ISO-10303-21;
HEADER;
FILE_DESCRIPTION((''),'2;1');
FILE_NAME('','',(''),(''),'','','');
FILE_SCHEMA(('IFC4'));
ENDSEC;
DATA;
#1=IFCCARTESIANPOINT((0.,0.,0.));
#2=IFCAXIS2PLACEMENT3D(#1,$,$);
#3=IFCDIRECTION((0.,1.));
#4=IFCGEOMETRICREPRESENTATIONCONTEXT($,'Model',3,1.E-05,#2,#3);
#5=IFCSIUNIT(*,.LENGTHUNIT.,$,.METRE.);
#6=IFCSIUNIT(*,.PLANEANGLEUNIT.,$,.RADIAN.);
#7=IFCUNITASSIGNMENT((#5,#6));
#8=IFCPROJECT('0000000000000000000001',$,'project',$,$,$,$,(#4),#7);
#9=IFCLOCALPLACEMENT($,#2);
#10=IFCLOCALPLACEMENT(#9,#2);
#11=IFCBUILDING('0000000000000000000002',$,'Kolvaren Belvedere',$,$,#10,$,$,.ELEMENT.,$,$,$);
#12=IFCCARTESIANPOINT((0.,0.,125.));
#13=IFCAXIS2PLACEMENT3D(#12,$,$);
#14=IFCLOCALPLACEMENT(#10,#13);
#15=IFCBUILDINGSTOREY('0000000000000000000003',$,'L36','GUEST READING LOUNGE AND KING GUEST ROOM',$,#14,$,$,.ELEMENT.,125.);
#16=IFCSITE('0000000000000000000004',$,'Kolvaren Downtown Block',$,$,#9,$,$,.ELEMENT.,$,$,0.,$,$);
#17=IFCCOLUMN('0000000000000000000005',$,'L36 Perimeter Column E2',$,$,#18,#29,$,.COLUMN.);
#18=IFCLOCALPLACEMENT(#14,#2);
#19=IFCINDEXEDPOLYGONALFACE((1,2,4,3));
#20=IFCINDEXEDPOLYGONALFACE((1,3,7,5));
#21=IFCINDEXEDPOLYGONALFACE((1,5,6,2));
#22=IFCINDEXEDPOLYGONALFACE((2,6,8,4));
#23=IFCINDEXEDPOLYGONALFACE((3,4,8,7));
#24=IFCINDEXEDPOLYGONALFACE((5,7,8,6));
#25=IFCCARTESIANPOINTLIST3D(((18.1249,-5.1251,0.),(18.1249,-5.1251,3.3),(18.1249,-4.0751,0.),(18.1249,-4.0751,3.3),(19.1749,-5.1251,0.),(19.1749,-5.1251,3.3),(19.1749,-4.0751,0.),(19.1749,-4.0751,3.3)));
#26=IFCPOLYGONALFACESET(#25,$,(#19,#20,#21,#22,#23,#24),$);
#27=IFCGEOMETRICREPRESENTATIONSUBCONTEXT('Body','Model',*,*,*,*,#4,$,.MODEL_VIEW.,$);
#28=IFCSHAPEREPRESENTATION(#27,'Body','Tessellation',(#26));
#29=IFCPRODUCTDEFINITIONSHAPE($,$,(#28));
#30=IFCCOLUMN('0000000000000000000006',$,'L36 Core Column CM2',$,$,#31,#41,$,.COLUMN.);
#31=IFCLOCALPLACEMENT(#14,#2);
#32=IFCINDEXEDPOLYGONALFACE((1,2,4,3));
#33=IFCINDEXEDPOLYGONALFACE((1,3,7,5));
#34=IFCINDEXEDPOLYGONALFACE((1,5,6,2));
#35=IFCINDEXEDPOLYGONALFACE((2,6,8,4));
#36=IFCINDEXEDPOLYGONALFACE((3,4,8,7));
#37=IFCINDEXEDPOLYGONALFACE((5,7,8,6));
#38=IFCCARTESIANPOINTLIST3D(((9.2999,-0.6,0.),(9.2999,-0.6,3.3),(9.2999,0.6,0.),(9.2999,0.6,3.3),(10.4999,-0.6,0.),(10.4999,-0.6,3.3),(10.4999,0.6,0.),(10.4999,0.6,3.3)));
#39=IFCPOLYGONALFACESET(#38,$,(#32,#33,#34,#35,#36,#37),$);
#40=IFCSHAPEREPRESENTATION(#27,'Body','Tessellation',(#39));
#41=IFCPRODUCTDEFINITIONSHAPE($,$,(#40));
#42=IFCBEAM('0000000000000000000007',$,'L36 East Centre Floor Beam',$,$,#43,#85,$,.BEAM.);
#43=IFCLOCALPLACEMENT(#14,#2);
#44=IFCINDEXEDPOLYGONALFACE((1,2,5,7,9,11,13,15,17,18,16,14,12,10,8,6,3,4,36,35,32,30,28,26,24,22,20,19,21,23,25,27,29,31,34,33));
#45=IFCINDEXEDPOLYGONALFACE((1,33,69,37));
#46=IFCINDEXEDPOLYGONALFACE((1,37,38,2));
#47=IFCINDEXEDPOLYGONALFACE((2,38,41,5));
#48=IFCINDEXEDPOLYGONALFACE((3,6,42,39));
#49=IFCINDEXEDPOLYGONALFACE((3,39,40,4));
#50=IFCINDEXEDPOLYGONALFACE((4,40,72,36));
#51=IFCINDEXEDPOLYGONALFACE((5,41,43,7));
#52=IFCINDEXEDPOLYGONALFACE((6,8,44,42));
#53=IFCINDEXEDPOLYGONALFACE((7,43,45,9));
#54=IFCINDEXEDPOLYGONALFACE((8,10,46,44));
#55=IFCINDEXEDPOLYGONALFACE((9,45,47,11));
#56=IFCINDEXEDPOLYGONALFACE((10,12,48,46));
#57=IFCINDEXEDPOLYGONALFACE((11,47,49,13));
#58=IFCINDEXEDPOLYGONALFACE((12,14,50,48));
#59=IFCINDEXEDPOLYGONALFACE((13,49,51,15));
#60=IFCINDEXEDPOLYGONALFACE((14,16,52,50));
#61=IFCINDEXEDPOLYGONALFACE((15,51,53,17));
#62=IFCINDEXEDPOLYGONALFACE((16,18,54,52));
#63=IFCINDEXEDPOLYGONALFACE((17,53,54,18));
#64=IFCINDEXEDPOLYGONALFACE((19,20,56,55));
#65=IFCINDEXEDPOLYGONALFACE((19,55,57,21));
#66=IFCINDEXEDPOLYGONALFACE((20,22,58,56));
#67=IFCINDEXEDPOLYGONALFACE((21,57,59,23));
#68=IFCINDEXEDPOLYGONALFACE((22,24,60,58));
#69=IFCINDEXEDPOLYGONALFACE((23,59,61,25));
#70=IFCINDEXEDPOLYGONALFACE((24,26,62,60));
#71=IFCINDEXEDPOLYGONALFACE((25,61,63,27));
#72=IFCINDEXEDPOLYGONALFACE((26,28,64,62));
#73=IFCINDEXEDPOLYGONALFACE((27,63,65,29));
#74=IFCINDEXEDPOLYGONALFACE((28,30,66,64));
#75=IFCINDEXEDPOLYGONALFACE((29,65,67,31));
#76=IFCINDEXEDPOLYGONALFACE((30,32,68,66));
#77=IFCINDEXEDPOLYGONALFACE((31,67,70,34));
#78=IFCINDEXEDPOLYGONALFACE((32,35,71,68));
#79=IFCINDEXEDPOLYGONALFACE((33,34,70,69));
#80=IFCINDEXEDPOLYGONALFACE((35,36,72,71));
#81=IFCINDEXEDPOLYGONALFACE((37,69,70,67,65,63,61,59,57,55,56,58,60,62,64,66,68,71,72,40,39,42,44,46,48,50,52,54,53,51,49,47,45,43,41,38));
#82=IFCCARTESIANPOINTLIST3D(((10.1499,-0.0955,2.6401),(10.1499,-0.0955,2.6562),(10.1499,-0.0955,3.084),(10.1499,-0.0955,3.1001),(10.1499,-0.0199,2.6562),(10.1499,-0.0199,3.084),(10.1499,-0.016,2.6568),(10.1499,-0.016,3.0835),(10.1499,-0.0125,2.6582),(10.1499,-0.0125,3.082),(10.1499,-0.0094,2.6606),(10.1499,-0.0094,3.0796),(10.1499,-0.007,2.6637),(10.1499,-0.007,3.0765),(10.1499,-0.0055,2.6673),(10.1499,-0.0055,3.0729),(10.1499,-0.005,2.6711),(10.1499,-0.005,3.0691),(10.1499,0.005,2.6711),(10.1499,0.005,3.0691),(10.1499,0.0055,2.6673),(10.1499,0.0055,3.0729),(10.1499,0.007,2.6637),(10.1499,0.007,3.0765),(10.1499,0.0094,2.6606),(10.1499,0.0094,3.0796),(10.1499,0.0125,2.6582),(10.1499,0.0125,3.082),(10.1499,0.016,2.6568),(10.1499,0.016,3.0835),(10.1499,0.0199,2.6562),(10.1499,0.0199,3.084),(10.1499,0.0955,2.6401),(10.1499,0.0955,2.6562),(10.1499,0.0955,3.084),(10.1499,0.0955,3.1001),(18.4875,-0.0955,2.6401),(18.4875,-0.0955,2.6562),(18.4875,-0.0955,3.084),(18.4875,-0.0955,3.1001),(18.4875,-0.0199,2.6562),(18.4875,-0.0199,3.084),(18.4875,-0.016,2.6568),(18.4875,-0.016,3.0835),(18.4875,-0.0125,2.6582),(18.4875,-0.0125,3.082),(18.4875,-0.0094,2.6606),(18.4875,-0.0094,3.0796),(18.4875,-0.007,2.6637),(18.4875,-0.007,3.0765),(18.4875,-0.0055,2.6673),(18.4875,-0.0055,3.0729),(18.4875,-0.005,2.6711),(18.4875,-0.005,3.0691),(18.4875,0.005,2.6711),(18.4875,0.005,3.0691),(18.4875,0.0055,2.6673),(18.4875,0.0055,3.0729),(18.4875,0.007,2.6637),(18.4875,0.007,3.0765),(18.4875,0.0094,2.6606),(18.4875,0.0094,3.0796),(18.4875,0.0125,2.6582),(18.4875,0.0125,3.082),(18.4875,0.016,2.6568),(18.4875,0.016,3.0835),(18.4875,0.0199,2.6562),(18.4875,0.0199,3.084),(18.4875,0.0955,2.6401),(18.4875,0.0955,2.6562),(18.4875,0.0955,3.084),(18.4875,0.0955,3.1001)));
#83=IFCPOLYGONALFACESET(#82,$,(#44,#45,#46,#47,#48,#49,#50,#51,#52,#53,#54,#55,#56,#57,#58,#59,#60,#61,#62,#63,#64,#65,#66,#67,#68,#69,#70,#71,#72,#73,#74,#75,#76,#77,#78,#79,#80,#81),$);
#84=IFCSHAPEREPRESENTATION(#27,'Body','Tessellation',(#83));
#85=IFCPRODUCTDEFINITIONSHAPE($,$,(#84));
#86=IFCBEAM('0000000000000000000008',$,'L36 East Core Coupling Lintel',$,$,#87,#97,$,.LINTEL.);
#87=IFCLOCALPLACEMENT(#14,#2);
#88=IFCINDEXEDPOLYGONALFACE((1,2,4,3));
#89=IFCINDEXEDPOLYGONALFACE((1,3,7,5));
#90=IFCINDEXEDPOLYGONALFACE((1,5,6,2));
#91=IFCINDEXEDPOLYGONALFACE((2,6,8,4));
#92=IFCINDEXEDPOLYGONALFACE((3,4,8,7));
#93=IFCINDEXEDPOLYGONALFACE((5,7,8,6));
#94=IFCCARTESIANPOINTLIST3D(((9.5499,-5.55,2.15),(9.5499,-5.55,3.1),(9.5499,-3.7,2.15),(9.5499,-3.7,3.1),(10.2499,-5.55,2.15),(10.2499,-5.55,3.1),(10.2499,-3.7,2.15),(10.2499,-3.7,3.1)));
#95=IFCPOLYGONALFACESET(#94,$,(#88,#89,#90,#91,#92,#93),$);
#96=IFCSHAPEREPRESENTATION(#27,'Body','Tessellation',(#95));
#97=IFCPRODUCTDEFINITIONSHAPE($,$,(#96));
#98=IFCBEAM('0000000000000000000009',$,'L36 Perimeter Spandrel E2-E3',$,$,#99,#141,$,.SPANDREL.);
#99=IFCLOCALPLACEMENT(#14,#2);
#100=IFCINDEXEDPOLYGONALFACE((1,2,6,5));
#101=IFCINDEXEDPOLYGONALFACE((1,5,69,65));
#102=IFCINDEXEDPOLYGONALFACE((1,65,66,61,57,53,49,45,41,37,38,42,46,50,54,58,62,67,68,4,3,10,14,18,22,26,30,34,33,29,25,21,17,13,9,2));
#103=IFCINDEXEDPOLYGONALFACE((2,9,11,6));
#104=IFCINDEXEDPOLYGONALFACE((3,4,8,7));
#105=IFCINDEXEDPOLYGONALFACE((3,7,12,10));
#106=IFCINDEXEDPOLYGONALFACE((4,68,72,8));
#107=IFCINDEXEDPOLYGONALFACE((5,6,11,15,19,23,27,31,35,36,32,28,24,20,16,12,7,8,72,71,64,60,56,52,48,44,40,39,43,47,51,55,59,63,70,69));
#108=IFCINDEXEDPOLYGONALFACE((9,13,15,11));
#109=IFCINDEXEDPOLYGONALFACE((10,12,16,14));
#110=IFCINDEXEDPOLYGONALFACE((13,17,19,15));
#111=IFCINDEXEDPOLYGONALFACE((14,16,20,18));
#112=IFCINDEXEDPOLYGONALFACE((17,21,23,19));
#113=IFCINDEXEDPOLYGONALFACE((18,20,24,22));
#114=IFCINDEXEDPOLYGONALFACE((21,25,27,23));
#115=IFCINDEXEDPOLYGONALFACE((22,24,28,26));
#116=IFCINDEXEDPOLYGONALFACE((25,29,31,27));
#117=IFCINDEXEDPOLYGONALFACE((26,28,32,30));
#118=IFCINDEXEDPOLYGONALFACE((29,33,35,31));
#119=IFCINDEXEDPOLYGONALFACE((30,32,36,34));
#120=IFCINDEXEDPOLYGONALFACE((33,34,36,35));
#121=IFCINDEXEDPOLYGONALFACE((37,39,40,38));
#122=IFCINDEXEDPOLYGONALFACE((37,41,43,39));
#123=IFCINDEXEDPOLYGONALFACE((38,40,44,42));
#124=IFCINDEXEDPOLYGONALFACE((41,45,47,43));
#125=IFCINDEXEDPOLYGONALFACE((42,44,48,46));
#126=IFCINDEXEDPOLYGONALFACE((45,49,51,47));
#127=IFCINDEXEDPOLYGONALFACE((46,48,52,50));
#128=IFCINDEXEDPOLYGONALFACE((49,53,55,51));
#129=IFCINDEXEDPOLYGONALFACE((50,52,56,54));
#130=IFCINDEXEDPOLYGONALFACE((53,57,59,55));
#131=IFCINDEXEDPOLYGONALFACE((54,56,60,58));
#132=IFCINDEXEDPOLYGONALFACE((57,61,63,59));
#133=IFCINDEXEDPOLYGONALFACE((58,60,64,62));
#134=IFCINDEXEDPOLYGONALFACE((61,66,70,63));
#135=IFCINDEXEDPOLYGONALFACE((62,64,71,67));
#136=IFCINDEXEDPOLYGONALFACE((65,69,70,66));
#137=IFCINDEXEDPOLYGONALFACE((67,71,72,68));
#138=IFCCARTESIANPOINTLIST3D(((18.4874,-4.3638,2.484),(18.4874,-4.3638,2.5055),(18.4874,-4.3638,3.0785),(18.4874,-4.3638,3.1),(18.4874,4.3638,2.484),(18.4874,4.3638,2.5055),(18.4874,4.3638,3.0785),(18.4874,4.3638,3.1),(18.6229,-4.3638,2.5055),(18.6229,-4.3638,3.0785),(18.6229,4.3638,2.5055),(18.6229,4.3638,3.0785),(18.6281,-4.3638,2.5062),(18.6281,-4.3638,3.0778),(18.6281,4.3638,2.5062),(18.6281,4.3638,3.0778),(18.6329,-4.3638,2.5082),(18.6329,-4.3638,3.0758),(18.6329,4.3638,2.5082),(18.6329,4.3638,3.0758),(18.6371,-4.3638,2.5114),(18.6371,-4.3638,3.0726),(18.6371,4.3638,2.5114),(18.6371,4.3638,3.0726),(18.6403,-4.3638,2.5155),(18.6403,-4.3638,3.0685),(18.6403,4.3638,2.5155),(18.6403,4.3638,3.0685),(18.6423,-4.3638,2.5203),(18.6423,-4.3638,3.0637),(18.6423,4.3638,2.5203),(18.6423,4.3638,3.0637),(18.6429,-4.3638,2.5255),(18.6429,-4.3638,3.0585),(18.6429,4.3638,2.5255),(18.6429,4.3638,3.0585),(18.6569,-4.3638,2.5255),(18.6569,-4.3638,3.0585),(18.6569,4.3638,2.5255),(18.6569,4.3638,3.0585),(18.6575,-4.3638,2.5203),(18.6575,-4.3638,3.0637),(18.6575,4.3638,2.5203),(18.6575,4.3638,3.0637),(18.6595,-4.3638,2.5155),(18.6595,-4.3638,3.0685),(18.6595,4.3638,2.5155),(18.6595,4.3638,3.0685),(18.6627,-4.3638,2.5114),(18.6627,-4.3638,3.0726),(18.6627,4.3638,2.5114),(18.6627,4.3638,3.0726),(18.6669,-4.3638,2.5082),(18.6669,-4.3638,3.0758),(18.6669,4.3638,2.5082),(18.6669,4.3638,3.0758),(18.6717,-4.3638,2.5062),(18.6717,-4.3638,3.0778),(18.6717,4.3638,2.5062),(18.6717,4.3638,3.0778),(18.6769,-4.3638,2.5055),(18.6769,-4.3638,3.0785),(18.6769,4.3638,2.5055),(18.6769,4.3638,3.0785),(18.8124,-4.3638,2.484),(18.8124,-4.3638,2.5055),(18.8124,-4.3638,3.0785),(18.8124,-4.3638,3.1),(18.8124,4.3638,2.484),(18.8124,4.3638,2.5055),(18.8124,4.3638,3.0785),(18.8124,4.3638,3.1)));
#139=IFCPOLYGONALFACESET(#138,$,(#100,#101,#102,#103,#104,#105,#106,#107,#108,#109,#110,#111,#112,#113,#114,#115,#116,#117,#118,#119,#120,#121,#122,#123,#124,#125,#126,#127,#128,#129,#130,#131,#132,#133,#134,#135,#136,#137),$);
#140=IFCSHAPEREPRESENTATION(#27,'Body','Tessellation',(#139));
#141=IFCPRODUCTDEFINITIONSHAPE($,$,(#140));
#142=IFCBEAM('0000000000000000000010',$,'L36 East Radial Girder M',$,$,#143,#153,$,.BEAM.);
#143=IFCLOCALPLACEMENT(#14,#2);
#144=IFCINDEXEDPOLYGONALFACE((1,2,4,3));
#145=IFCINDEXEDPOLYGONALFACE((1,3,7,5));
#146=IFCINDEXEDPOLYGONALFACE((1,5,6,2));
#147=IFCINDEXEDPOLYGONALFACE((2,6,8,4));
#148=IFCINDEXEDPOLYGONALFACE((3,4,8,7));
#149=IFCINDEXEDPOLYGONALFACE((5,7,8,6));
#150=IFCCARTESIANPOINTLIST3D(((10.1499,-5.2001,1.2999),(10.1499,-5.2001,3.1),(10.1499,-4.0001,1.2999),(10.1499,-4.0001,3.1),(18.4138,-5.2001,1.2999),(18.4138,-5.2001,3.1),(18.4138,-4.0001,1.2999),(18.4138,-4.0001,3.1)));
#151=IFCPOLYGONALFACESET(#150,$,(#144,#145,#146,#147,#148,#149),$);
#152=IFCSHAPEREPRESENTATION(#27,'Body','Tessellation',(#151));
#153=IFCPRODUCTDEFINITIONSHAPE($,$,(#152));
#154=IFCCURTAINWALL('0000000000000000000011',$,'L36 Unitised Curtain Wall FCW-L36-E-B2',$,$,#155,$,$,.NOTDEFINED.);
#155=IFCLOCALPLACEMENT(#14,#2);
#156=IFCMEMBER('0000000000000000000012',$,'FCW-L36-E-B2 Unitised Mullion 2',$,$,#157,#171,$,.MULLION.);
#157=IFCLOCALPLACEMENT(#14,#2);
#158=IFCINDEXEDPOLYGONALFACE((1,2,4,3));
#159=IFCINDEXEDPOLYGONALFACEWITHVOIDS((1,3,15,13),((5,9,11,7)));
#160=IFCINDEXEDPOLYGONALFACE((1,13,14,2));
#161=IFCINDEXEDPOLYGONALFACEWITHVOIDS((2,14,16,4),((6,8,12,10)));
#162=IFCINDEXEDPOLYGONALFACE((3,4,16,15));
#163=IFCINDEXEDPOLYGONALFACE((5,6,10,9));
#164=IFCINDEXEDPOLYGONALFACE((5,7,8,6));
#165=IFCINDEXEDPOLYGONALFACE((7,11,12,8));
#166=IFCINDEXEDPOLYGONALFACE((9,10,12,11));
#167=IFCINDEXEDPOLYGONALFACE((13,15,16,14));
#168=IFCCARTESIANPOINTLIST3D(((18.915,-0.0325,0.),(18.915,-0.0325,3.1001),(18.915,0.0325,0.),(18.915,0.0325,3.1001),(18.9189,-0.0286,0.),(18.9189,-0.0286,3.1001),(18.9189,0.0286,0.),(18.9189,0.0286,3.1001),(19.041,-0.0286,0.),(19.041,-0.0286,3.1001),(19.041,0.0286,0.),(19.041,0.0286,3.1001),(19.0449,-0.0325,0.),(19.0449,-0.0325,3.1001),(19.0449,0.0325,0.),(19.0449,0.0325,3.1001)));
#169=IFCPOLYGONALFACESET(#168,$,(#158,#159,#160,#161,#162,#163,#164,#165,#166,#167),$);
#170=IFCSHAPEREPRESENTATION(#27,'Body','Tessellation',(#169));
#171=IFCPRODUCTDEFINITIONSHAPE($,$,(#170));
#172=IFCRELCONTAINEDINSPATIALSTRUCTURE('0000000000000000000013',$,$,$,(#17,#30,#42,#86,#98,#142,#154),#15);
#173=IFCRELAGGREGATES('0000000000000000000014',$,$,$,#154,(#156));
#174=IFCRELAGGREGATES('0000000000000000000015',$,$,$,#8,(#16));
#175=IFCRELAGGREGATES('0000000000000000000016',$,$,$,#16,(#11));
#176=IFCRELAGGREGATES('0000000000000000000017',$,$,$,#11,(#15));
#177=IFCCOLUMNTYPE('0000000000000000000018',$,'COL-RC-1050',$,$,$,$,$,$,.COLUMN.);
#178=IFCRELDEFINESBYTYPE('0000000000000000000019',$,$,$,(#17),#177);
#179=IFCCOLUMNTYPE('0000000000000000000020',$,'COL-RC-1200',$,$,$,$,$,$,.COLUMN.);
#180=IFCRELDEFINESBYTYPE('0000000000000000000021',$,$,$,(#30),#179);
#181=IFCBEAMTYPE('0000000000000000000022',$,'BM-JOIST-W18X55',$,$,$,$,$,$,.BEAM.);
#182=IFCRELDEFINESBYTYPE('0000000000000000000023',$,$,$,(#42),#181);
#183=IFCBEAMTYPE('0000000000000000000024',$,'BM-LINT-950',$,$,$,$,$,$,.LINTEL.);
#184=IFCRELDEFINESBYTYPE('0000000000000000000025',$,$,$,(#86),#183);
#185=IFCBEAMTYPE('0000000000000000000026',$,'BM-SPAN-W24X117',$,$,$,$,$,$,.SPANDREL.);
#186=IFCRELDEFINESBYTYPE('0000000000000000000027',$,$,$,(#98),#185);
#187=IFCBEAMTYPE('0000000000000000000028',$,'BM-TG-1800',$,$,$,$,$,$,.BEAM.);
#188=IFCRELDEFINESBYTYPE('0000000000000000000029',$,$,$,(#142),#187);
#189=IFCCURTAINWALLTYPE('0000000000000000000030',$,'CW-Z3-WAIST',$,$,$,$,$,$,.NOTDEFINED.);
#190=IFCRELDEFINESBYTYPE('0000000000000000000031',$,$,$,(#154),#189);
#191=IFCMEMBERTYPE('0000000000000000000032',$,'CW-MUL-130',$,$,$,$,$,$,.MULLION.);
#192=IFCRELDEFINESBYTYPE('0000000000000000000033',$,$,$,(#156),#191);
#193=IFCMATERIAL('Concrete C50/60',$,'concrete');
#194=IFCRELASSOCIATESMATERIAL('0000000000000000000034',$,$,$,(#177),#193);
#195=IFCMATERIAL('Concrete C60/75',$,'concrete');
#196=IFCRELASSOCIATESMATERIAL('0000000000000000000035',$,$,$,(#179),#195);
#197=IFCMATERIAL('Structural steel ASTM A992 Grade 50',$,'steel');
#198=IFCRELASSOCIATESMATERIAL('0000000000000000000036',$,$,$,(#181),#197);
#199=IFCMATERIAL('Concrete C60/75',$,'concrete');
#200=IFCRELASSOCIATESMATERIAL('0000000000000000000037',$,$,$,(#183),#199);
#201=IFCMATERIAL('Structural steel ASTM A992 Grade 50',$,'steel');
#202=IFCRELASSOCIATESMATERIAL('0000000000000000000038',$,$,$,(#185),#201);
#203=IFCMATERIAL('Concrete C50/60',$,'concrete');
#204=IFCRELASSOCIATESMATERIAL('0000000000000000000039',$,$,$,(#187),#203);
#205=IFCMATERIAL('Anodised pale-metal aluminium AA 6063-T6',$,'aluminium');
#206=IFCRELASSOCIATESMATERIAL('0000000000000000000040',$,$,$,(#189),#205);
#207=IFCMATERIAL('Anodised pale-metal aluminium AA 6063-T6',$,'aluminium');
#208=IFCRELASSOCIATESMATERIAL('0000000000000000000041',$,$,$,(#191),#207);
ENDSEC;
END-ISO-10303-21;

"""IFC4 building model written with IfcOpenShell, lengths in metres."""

from ifc_helpers import new_model, si_unit, direction, frame, origin, origin_2d, place, context, subcontext, project, spatial, rectangle, hollow_rectangle, i_section, extrude, material, material_profile, profile_set, type_object, element, aggregate, save


model = new_model("IFC4")

# Units and contexts
model_context = context("Model", 3, precision=1e-05, world=origin(), true_north=direction((0.0, 1.0)))
body_context = subcontext(model_context, "Body", "Model", "MODEL_VIEW")
ifc_project = project(units=[si_unit("LENGTHUNIT", "METRE"), si_unit("PLANEANGLEUNIT", "RADIAN")], contexts=[model_context])

# Site, building, storey
site_placement = place(None, origin())
site = spatial("IfcSite", under=ifc_project, at=site_placement, Name="Kolvaren Downtown Block", CompositionType="ELEMENT", RefElevation=0.0)
building_placement = place(site_placement, origin())
building = spatial("IfcBuilding", under=site, at=building_placement, Name="Kolvaren Belvedere", CompositionType="ELEMENT")
storey_placement = place(building_placement, frame((0.0, 0.0, 125.0)))
storey = spatial("IfcBuildingStorey", under=building, at=storey_placement, Name="L36", Description="GUEST READING LOUNGE AND KING GUEST ROOM", CompositionType="ELEMENT", Elevation=125.0)

# Columns
ifc_material_1 = material(Name="Concrete C50/60", Category="concrete")
ifc_material_profile_1 = material_profile(ifc_material_1, rectangle(XDim=1.05, YDim=1.05, at=origin_2d()), Name="RC 1050X1050")
ifc_profile_set_1 = profile_set([ifc_material_profile_1], Name="Concrete C50/60")
column_type_1 = type_object("IfcColumnType", Name="COL-RC-1050", PredefinedType="COLUMN", material=ifc_profile_set_1)
column_1_placement = place(storey_placement, frame((18.6499, -4.6001, 0.0), z_axis=(0.0, 0.0, 1.0), x_axis=(1.0, 0.0, 0.0)))
element("IfcColumn", 1, at=column_1_placement, inside=storey, type_object=column_type_1, Name="L36 Perimeter Column E2", PredefinedType="COLUMN", context=body_context, shape_type="SweptSolid", body=[
    extrude(rectangle(XDim=1.05, YDim=1.05, at=origin_2d()), origin(), (0.0, 0.0, 1.0), 3.3),
])
ifc_material_2 = material(Name="Concrete C60/75", Category="concrete")
ifc_material_profile_2 = material_profile(ifc_material_2, rectangle(XDim=1.2, YDim=1.2, at=origin_2d()), Name="RC 1200X1200")
ifc_profile_set_2 = profile_set([ifc_material_profile_2], Name="Concrete C60/75")
column_type_2 = type_object("IfcColumnType", Name="COL-RC-1200", PredefinedType="COLUMN", material=ifc_profile_set_2)
column_2_placement = place(storey_placement, frame((9.8999, 0.0, 0.0), z_axis=(0.0, 0.0, 1.0), x_axis=(1.0, 0.0, 0.0)))
element("IfcColumn", 2, at=column_2_placement, inside=storey, type_object=column_type_2, Name="L36 Core Column CM2", PredefinedType="COLUMN", context=body_context, shape_type="SweptSolid", body=[
    extrude(rectangle(XDim=1.2, YDim=1.2, at=origin_2d()), origin(), (0.0, 0.0, 1.0), 3.3),
])

# Beams
ifc_material_3 = material(Name="Structural steel ASTM A992 Grade 50", Category="steel")
ifc_material_profile_3 = material_profile(ifc_material_3, i_section(OverallWidth=0.1909, OverallDepth=0.46, WebThickness=0.01, FlangeThickness=0.0161, FilletRadius=0.0149, at=origin_2d()), Name="W18X55")
ifc_profile_set_3 = profile_set([ifc_material_profile_3], Name="Structural steel ASTM A992 Grade 50")
beam_type_1 = type_object("IfcBeamType", Name="BM-JOIST-W18X55", PredefinedType="BEAM", material=ifc_profile_set_3)
beam_1_placement = place(storey_placement, frame((10.1499, 0.0, 2.8701), z_axis=(1.0, 0.0, 0.0), x_axis=(0.0, 1.0, 0.0)))
element("IfcBeam", 3, at=beam_1_placement, inside=storey, type_object=beam_type_1, Name="L36 East Centre Floor Beam", PredefinedType="BEAM", context=body_context, shape_type="SweptSolid", body=[
    extrude(i_section(OverallWidth=0.1909, OverallDepth=0.46, WebThickness=0.01, FlangeThickness=0.0161, FilletRadius=0.0149, at=origin_2d()), origin(), (0.0, 0.0, 1.0), 8.3376),
])
ifc_material_4 = material(Name="Concrete C60/75", Category="concrete")
ifc_material_profile_4 = material_profile(ifc_material_4, rectangle(XDim=0.7, YDim=0.95, at=origin_2d()), Name="RC 700X950")
ifc_profile_set_4 = profile_set([ifc_material_profile_4], Name="Concrete C60/75")
beam_type_2 = type_object("IfcBeamType", Name="BM-LINT-950", PredefinedType="LINTEL", material=ifc_profile_set_4)
beam_2_placement = place(storey_placement, frame((9.8999, -5.55, 2.625), z_axis=(0.0, 1.0, 0.0), x_axis=(-1.0, 0.0, 0.0)))
element("IfcBeam", 4, at=beam_2_placement, inside=storey, type_object=beam_type_2, Name="L36 East Core Coupling Lintel", PredefinedType="LINTEL", context=body_context, shape_type="SweptSolid", body=[
    extrude(rectangle(XDim=0.7, YDim=0.95, at=origin_2d()), origin(), (0.0, 0.0, 1.0), 1.8501),
])
ifc_material_5 = material(Name="Structural steel ASTM A992 Grade 50", Category="steel")
ifc_material_profile_5 = material_profile(ifc_material_5, i_section(OverallWidth=0.325, OverallDepth=0.616, WebThickness=0.0139, FlangeThickness=0.0215, FilletRadius=0.02, at=origin_2d()), Name="W24X117")
ifc_profile_set_5 = profile_set([ifc_material_profile_5], Name="Structural steel ASTM A992 Grade 50")
beam_type_3 = type_object("IfcBeamType", Name="BM-SPAN-W24X117", PredefinedType="SPANDREL", material=ifc_profile_set_5)
beam_3_placement = place(storey_placement, frame((18.6499, -4.3638, 2.792), z_axis=(0.0, 1.0, 0.0), x_axis=(-1.0, 0.0, 0.0)))
element("IfcBeam", 5, at=beam_3_placement, inside=storey, type_object=beam_type_3, Name="L36 Perimeter Spandrel E2-E3", PredefinedType="SPANDREL", context=body_context, shape_type="SweptSolid", body=[
    extrude(i_section(OverallWidth=0.325, OverallDepth=0.616, WebThickness=0.0139, FlangeThickness=0.0215, FilletRadius=0.02, at=origin_2d()), origin(), (0.0, 0.0, 1.0), 8.7275),
])
ifc_material_6 = material(Name="Concrete C50/60", Category="concrete")
ifc_material_profile_6 = material_profile(ifc_material_6, rectangle(XDim=1.2, YDim=1.8, at=origin_2d()), Name="RC 1200X1800")
ifc_profile_set_6 = profile_set([ifc_material_profile_6], Name="Concrete C50/60")
beam_type_4 = type_object("IfcBeamType", Name="BM-TG-1800", PredefinedType="BEAM", material=ifc_profile_set_6)
beam_4_placement = place(storey_placement, frame((10.1499, -4.6001, 2.2), z_axis=(1.0, 0.0, 0.0), x_axis=(0.0, 1.0, 0.0)))
element("IfcBeam", 6, at=beam_4_placement, inside=storey, type_object=beam_type_4, Name="L36 East Radial Girder M", PredefinedType="BEAM", context=body_context, shape_type="SweptSolid", body=[
    extrude(rectangle(XDim=1.2, YDim=1.8, at=origin_2d()), origin(), (0.0, 0.0, 1.0), 8.2639),
])

# Curtain wall, member
ifc_material_7 = material(Name="Anodised pale-metal aluminium AA 6063-T6", Category="aluminium")
curtain_wall_type = type_object("IfcCurtainWallType", Name="CW-Z3-WAIST", PredefinedType="NOTDEFINED", material=ifc_material_7)
curtain_wall_1_placement = place(storey_placement, origin())
curtain_wall_1 = element("IfcCurtainWall", 7, at=curtain_wall_1_placement, inside=storey, type_object=curtain_wall_type, Name="L36 Unitised Curtain Wall FCW-L36-E-B2", PredefinedType="NOTDEFINED")
ifc_material_8 = material(Name="Anodised pale-metal aluminium AA 6063-T6", Category="aluminium")
ifc_material_profile_7 = material_profile(ifc_material_8, hollow_rectangle(XDim=0.0649, YDim=0.1299, WallThickness=0.0039, at=origin_2d()), Name="ALU-MUL-130X65")
ifc_profile_set_7 = profile_set([ifc_material_profile_7], Name="Anodised pale-metal aluminium AA 6063-T6")
member_type_1 = type_object("IfcMemberType", Name="CW-MUL-130", PredefinedType="MULLION", material=ifc_profile_set_7)
member_1_placement = place(storey_placement, frame((18.98, 0.0, 0.0), z_axis=(0.0, 0.0, 1.0), x_axis=(0.0, 1.0, 0.0)))
member_1 = element("IfcMember", 8, at=member_1_placement, type_object=member_type_1, Name="FCW-L36-E-B2 Unitised Mullion 2", PredefinedType="MULLION", context=body_context, shape_type="SweptSolid", body=[
    extrude(hollow_rectangle(XDim=0.0649, YDim=0.1299, WallThickness=0.0039, at=origin_2d()), origin(), (0.0, 0.0, 1.0), 3.1001),
])

aggregate(curtain_wall_1, [member_1])

save(model, "model.ifc")
